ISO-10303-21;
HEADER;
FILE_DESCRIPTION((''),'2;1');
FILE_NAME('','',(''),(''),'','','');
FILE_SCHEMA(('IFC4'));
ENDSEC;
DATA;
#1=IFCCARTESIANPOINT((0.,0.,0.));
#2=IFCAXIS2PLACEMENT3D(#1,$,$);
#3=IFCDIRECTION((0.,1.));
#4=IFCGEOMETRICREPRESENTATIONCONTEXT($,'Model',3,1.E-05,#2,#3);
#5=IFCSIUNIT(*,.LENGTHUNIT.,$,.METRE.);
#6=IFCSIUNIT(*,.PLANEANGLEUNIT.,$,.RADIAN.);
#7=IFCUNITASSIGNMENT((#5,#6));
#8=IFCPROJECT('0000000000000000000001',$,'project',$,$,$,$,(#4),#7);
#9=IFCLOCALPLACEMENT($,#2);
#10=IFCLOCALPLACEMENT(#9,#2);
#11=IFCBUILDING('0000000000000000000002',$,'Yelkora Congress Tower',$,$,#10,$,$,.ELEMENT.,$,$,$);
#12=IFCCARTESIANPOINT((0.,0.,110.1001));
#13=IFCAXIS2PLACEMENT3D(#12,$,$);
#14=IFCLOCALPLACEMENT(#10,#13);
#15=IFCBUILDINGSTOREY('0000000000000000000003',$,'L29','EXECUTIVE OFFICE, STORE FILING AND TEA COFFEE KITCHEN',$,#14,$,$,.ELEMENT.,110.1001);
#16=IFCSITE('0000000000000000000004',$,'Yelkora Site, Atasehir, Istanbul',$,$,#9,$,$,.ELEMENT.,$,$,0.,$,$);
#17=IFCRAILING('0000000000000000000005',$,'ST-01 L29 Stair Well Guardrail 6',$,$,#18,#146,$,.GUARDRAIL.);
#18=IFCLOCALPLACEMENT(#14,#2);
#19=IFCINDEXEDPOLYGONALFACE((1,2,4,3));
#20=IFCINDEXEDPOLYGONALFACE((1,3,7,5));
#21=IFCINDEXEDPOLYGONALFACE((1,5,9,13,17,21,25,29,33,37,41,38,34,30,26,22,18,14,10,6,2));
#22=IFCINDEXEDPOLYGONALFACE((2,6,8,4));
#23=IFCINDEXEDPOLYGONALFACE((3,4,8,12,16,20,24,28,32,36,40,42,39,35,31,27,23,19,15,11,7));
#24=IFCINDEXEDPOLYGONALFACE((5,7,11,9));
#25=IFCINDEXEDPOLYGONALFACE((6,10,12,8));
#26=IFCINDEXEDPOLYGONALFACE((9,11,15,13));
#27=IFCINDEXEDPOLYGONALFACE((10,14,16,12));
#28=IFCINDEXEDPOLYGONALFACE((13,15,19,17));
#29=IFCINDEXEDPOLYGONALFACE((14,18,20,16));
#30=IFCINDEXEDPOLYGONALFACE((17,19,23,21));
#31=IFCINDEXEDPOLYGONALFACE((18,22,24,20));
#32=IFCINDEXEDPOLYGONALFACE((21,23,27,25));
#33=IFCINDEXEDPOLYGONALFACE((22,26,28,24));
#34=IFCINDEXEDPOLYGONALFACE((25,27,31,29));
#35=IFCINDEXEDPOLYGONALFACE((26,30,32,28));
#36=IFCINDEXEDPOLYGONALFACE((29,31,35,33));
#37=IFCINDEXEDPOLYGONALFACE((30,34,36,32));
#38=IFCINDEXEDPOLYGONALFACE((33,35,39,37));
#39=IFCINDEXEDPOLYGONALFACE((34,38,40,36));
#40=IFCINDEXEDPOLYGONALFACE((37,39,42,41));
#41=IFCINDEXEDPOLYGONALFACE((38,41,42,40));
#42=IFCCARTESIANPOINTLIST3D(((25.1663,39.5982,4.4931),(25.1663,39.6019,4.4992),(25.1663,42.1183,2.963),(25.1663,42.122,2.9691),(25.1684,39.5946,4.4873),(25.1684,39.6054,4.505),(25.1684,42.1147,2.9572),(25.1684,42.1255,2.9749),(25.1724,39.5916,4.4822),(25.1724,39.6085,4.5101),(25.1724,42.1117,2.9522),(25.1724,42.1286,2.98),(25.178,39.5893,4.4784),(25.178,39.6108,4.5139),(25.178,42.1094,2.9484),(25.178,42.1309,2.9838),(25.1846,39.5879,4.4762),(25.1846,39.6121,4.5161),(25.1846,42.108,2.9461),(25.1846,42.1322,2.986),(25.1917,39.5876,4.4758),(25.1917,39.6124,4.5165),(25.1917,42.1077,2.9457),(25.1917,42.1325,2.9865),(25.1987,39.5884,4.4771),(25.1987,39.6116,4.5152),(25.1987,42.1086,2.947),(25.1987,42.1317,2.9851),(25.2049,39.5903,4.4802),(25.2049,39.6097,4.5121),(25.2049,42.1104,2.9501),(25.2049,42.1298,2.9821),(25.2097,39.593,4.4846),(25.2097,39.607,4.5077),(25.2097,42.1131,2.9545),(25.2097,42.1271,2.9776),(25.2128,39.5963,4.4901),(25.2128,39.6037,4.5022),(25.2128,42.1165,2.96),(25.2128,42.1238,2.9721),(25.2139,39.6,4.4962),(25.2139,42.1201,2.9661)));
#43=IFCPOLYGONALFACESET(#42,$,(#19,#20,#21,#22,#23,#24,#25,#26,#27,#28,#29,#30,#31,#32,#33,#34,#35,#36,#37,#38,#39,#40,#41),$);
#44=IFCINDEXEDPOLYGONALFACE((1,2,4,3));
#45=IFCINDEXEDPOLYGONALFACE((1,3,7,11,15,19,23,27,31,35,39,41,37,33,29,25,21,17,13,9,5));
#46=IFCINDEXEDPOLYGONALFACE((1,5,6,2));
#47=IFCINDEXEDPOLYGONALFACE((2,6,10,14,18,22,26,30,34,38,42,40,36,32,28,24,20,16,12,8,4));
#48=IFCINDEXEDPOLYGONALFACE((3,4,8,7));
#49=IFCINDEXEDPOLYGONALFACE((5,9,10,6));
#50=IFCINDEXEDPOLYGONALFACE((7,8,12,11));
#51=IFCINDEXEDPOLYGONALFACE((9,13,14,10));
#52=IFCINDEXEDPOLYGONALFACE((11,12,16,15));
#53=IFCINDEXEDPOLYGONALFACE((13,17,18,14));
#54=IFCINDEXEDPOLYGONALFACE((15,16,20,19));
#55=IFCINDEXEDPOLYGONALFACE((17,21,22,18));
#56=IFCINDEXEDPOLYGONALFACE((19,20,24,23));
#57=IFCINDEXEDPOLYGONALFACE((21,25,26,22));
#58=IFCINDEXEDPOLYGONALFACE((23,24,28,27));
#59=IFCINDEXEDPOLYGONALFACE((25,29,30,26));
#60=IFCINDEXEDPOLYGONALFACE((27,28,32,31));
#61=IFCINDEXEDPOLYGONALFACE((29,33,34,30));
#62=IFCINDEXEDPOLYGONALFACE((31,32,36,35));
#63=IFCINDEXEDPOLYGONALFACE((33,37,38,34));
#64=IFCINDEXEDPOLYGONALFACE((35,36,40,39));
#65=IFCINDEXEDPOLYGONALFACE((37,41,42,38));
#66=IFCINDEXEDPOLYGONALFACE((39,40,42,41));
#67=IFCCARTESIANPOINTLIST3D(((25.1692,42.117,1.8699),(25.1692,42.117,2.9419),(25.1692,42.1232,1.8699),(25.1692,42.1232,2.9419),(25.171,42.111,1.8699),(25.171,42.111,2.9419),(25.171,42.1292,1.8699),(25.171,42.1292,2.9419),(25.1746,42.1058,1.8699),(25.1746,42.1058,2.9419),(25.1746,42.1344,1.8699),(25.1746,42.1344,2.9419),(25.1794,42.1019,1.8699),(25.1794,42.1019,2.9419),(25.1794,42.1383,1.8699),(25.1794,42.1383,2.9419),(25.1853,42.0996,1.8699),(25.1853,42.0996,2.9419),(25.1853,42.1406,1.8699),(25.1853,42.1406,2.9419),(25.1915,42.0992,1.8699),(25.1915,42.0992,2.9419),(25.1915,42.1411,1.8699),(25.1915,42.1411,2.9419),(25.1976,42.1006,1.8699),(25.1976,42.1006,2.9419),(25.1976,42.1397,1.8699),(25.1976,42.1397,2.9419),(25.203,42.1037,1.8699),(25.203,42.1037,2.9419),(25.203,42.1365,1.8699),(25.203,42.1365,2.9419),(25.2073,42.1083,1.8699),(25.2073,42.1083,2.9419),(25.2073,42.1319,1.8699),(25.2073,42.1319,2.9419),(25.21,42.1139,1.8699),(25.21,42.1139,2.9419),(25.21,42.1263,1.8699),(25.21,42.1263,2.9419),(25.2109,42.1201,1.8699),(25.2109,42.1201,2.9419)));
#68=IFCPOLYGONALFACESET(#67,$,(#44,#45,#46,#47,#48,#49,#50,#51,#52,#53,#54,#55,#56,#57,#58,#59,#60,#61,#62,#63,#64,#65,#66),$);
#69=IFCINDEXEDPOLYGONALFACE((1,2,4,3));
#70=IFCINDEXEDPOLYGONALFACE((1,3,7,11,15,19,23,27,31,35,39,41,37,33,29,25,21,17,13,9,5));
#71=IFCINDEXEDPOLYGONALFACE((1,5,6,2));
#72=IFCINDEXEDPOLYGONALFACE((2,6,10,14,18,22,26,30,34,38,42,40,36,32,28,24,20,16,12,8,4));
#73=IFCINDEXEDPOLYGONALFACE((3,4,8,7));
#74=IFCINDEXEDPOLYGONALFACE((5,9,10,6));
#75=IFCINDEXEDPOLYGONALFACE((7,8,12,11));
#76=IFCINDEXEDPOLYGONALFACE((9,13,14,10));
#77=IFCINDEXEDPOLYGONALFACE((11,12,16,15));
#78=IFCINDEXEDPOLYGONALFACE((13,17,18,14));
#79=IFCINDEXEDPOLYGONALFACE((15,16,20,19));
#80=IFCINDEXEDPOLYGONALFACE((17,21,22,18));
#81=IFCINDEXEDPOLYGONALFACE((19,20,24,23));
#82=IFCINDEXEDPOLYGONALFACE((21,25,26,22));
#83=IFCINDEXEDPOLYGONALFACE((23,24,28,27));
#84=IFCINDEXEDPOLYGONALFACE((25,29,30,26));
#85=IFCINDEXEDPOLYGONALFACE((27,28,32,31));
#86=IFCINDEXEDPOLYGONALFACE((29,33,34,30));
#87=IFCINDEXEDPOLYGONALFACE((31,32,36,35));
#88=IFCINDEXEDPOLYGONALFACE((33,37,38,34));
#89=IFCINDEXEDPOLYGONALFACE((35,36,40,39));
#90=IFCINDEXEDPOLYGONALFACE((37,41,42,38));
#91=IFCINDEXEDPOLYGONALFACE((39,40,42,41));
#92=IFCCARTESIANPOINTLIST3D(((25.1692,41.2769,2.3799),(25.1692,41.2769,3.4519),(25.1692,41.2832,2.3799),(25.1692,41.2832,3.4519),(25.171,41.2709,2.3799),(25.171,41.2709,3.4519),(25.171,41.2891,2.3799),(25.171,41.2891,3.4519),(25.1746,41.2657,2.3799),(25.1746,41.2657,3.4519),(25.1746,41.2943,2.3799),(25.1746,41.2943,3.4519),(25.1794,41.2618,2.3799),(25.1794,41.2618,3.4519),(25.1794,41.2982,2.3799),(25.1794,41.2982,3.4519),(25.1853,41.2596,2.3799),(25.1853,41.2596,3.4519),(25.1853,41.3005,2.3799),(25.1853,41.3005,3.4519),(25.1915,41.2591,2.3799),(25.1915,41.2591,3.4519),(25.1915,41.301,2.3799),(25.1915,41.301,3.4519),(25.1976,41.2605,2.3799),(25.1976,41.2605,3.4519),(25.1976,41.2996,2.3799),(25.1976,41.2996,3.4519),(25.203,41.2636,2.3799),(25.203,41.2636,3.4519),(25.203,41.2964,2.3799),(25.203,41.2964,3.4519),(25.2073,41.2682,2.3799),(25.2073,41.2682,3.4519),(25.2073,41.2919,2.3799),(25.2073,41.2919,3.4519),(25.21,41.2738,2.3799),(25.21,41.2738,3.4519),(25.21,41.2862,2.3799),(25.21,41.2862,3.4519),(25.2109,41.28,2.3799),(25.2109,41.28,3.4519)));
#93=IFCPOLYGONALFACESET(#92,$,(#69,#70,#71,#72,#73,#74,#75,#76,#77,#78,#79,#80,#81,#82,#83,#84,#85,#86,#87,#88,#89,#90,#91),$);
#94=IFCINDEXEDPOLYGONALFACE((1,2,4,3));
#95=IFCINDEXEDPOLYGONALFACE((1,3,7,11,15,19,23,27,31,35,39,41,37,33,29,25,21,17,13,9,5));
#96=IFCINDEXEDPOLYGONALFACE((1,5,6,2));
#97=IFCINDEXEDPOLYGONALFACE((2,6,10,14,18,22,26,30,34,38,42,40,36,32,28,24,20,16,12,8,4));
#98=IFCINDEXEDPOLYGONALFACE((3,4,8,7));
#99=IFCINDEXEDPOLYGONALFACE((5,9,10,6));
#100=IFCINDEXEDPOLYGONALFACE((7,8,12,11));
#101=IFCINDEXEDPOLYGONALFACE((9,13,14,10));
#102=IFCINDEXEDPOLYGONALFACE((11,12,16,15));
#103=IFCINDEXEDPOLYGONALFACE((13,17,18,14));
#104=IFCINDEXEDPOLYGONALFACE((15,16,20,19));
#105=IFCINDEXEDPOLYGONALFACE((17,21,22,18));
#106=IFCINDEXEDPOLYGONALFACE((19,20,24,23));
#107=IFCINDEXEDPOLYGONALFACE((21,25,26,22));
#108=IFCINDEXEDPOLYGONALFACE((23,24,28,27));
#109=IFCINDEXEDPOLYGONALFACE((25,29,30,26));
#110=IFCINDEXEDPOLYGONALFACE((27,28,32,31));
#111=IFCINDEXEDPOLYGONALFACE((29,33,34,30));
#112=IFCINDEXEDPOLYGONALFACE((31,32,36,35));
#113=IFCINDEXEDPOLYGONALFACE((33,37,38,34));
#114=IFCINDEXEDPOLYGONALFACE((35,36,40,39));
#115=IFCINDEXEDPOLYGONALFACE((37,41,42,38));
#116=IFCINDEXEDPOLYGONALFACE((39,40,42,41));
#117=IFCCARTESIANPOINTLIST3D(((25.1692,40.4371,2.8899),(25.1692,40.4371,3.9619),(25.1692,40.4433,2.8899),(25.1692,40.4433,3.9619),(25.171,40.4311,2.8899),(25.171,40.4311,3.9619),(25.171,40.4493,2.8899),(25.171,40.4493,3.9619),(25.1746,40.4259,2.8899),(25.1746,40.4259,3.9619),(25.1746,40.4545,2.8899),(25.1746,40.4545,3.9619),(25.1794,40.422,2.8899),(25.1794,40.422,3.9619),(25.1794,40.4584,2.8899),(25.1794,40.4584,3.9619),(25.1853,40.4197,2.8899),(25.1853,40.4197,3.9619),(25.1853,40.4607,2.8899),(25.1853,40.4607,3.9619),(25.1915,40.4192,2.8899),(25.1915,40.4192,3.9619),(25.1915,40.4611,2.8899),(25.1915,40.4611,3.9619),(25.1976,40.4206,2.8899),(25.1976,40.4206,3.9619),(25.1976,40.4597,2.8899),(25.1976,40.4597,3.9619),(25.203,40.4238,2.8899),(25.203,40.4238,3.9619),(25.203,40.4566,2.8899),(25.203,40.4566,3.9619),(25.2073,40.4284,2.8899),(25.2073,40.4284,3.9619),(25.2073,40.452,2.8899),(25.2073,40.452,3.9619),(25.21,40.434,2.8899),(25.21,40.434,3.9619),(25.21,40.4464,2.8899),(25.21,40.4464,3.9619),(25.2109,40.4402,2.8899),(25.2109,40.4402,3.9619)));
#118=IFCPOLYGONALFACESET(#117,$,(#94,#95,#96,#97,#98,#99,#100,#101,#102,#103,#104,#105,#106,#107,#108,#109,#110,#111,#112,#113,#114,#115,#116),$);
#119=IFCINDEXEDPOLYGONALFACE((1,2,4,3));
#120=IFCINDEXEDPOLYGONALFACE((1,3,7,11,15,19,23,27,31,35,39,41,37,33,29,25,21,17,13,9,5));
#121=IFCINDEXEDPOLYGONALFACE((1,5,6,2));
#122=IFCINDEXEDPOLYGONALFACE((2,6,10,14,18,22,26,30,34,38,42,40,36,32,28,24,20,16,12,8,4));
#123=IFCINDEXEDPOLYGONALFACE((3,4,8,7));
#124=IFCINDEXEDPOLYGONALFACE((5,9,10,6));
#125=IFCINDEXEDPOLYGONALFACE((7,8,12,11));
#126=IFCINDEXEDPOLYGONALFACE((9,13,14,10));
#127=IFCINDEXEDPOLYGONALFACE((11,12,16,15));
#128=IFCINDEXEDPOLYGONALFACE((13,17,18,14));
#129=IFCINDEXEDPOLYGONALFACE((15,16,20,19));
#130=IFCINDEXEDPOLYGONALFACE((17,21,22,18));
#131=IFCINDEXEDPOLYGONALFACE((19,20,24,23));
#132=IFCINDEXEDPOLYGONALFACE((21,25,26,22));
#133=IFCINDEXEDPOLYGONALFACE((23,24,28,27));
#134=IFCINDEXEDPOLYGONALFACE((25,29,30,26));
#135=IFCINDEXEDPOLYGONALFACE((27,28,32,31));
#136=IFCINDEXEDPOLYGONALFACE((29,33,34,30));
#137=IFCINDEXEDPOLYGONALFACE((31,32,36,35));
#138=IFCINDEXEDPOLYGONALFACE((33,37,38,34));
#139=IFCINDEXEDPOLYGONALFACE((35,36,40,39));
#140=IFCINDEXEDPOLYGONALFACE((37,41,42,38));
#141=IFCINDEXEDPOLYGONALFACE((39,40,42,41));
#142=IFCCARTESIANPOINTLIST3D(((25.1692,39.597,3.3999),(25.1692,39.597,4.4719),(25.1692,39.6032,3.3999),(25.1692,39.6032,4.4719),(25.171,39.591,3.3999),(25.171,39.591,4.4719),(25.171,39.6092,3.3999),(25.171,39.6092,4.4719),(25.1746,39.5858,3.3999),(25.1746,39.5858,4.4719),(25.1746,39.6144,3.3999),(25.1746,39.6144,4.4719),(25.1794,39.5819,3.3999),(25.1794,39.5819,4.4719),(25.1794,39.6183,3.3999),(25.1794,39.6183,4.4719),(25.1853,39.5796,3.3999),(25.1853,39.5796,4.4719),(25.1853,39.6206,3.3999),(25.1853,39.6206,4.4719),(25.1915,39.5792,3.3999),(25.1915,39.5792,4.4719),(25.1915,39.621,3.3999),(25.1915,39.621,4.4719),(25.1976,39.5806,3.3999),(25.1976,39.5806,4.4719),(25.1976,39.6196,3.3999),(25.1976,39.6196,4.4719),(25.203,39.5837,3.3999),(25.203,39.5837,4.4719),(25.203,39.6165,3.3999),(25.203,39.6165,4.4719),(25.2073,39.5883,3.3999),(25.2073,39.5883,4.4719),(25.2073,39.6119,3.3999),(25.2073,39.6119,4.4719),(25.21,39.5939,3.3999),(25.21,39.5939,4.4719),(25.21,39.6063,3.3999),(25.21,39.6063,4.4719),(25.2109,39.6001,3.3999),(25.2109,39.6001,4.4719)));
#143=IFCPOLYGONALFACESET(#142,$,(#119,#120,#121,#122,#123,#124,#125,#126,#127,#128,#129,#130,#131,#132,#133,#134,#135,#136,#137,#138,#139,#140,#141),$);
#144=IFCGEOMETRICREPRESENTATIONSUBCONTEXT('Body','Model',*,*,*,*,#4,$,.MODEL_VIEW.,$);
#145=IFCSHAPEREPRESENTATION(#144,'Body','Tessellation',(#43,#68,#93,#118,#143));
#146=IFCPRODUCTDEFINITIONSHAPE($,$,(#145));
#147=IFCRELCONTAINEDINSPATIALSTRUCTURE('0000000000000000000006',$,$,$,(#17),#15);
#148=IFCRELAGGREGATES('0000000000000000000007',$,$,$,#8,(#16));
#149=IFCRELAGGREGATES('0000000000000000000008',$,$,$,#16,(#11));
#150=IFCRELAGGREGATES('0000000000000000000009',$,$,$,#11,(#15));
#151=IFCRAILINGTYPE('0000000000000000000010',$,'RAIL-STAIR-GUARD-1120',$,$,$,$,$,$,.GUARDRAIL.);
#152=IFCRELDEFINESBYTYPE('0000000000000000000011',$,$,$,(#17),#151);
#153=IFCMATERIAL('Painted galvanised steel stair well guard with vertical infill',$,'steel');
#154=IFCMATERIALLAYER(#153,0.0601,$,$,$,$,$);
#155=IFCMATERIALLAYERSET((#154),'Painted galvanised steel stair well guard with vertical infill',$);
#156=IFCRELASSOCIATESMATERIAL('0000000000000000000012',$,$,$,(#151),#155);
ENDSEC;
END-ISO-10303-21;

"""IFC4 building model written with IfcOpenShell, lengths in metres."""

from ifc_helpers import new_model, si_unit, direction, frame, origin, origin_2d, place, context, subcontext, project, spatial, circle, extrude, material, layer, layer_set, type_object, element, save


model = new_model("IFC4")

# Units and contexts
model_context = context("Model", 3, precision=1e-05, world=origin(), true_north=direction((0.0, 1.0)))
body_context = subcontext(model_context, "Body", "Model", "MODEL_VIEW")
ifc_project = project(units=[si_unit("LENGTHUNIT", "METRE"), si_unit("PLANEANGLEUNIT", "RADIAN")], contexts=[model_context])

# Site, building, storey
site_placement = place(None, origin())
site = spatial("IfcSite", under=ifc_project, at=site_placement, Name="Yelkora Site, Atasehir, Istanbul", CompositionType="ELEMENT", RefElevation=0.0)
building_placement = place(site_placement, origin())
building = spatial("IfcBuilding", under=site, at=building_placement, Name="Yelkora Congress Tower", CompositionType="ELEMENT")
storey_placement = place(building_placement, frame((0.0, 0.0, 110.1001)))
storey = spatial("IfcBuildingStorey", under=building, at=storey_placement, Name="L29", Description="EXECUTIVE OFFICE, STORE FILING AND TEA COFFEE KITCHEN", CompositionType="ELEMENT", Elevation=110.1001)

# Railing
ifc_material_1 = material(Name="Painted galvanised steel stair well guard with vertical infill", Category="steel")
ifc_layer_1 = layer(ifc_material_1, 0.0601)
ifc_layer_set_1 = layer_set([ifc_layer_1], Name="Painted galvanised steel stair well guard with vertical infill")
railing_type_1 = type_object("IfcRailingType", Name="RAIL-STAIR-GUARD-1120", PredefinedType="GUARDRAIL", material=ifc_layer_set_1)
railing_1_placement = place(storey_placement, frame((25.1899, 42.1201, 1.8699)))
element("IfcRailing", 1, at=railing_1_placement, inside=storey, type_object=railing_type_1, Name="ST-01 L29 Stair Well Guardrail 6", PredefinedType="GUARDRAIL", context=body_context, shape_type="SweptSolid", body=[
    extrude(circle(Radius=0.0239, at=origin_2d()), frame((0.0, 0.0, 1.0962), z_axis=(0.0, -0.854785, 0.518982), x_axis=(1.0, 0.0, 0.0)), (0.0, 0.0, 1.0), 2.9482),
    extrude(circle(Radius=0.021, at=origin_2d()), origin(), (0.0, 0.0, 1.0), 1.072),
    extrude(circle(Radius=0.021, at=origin_2d()), frame((0.0, -0.8401, 0.51)), (0.0, 0.0, 1.0), 1.072),
    extrude(circle(Radius=0.021, at=origin_2d()), frame((0.0, -1.6799, 1.02)), (0.0, 0.0, 1.0), 1.072),
    extrude(circle(Radius=0.021, at=origin_2d()), frame((0.0, -2.52, 1.53)), (0.0, 0.0, 1.0), 1.072),
])

save(model, "model.ifc")
